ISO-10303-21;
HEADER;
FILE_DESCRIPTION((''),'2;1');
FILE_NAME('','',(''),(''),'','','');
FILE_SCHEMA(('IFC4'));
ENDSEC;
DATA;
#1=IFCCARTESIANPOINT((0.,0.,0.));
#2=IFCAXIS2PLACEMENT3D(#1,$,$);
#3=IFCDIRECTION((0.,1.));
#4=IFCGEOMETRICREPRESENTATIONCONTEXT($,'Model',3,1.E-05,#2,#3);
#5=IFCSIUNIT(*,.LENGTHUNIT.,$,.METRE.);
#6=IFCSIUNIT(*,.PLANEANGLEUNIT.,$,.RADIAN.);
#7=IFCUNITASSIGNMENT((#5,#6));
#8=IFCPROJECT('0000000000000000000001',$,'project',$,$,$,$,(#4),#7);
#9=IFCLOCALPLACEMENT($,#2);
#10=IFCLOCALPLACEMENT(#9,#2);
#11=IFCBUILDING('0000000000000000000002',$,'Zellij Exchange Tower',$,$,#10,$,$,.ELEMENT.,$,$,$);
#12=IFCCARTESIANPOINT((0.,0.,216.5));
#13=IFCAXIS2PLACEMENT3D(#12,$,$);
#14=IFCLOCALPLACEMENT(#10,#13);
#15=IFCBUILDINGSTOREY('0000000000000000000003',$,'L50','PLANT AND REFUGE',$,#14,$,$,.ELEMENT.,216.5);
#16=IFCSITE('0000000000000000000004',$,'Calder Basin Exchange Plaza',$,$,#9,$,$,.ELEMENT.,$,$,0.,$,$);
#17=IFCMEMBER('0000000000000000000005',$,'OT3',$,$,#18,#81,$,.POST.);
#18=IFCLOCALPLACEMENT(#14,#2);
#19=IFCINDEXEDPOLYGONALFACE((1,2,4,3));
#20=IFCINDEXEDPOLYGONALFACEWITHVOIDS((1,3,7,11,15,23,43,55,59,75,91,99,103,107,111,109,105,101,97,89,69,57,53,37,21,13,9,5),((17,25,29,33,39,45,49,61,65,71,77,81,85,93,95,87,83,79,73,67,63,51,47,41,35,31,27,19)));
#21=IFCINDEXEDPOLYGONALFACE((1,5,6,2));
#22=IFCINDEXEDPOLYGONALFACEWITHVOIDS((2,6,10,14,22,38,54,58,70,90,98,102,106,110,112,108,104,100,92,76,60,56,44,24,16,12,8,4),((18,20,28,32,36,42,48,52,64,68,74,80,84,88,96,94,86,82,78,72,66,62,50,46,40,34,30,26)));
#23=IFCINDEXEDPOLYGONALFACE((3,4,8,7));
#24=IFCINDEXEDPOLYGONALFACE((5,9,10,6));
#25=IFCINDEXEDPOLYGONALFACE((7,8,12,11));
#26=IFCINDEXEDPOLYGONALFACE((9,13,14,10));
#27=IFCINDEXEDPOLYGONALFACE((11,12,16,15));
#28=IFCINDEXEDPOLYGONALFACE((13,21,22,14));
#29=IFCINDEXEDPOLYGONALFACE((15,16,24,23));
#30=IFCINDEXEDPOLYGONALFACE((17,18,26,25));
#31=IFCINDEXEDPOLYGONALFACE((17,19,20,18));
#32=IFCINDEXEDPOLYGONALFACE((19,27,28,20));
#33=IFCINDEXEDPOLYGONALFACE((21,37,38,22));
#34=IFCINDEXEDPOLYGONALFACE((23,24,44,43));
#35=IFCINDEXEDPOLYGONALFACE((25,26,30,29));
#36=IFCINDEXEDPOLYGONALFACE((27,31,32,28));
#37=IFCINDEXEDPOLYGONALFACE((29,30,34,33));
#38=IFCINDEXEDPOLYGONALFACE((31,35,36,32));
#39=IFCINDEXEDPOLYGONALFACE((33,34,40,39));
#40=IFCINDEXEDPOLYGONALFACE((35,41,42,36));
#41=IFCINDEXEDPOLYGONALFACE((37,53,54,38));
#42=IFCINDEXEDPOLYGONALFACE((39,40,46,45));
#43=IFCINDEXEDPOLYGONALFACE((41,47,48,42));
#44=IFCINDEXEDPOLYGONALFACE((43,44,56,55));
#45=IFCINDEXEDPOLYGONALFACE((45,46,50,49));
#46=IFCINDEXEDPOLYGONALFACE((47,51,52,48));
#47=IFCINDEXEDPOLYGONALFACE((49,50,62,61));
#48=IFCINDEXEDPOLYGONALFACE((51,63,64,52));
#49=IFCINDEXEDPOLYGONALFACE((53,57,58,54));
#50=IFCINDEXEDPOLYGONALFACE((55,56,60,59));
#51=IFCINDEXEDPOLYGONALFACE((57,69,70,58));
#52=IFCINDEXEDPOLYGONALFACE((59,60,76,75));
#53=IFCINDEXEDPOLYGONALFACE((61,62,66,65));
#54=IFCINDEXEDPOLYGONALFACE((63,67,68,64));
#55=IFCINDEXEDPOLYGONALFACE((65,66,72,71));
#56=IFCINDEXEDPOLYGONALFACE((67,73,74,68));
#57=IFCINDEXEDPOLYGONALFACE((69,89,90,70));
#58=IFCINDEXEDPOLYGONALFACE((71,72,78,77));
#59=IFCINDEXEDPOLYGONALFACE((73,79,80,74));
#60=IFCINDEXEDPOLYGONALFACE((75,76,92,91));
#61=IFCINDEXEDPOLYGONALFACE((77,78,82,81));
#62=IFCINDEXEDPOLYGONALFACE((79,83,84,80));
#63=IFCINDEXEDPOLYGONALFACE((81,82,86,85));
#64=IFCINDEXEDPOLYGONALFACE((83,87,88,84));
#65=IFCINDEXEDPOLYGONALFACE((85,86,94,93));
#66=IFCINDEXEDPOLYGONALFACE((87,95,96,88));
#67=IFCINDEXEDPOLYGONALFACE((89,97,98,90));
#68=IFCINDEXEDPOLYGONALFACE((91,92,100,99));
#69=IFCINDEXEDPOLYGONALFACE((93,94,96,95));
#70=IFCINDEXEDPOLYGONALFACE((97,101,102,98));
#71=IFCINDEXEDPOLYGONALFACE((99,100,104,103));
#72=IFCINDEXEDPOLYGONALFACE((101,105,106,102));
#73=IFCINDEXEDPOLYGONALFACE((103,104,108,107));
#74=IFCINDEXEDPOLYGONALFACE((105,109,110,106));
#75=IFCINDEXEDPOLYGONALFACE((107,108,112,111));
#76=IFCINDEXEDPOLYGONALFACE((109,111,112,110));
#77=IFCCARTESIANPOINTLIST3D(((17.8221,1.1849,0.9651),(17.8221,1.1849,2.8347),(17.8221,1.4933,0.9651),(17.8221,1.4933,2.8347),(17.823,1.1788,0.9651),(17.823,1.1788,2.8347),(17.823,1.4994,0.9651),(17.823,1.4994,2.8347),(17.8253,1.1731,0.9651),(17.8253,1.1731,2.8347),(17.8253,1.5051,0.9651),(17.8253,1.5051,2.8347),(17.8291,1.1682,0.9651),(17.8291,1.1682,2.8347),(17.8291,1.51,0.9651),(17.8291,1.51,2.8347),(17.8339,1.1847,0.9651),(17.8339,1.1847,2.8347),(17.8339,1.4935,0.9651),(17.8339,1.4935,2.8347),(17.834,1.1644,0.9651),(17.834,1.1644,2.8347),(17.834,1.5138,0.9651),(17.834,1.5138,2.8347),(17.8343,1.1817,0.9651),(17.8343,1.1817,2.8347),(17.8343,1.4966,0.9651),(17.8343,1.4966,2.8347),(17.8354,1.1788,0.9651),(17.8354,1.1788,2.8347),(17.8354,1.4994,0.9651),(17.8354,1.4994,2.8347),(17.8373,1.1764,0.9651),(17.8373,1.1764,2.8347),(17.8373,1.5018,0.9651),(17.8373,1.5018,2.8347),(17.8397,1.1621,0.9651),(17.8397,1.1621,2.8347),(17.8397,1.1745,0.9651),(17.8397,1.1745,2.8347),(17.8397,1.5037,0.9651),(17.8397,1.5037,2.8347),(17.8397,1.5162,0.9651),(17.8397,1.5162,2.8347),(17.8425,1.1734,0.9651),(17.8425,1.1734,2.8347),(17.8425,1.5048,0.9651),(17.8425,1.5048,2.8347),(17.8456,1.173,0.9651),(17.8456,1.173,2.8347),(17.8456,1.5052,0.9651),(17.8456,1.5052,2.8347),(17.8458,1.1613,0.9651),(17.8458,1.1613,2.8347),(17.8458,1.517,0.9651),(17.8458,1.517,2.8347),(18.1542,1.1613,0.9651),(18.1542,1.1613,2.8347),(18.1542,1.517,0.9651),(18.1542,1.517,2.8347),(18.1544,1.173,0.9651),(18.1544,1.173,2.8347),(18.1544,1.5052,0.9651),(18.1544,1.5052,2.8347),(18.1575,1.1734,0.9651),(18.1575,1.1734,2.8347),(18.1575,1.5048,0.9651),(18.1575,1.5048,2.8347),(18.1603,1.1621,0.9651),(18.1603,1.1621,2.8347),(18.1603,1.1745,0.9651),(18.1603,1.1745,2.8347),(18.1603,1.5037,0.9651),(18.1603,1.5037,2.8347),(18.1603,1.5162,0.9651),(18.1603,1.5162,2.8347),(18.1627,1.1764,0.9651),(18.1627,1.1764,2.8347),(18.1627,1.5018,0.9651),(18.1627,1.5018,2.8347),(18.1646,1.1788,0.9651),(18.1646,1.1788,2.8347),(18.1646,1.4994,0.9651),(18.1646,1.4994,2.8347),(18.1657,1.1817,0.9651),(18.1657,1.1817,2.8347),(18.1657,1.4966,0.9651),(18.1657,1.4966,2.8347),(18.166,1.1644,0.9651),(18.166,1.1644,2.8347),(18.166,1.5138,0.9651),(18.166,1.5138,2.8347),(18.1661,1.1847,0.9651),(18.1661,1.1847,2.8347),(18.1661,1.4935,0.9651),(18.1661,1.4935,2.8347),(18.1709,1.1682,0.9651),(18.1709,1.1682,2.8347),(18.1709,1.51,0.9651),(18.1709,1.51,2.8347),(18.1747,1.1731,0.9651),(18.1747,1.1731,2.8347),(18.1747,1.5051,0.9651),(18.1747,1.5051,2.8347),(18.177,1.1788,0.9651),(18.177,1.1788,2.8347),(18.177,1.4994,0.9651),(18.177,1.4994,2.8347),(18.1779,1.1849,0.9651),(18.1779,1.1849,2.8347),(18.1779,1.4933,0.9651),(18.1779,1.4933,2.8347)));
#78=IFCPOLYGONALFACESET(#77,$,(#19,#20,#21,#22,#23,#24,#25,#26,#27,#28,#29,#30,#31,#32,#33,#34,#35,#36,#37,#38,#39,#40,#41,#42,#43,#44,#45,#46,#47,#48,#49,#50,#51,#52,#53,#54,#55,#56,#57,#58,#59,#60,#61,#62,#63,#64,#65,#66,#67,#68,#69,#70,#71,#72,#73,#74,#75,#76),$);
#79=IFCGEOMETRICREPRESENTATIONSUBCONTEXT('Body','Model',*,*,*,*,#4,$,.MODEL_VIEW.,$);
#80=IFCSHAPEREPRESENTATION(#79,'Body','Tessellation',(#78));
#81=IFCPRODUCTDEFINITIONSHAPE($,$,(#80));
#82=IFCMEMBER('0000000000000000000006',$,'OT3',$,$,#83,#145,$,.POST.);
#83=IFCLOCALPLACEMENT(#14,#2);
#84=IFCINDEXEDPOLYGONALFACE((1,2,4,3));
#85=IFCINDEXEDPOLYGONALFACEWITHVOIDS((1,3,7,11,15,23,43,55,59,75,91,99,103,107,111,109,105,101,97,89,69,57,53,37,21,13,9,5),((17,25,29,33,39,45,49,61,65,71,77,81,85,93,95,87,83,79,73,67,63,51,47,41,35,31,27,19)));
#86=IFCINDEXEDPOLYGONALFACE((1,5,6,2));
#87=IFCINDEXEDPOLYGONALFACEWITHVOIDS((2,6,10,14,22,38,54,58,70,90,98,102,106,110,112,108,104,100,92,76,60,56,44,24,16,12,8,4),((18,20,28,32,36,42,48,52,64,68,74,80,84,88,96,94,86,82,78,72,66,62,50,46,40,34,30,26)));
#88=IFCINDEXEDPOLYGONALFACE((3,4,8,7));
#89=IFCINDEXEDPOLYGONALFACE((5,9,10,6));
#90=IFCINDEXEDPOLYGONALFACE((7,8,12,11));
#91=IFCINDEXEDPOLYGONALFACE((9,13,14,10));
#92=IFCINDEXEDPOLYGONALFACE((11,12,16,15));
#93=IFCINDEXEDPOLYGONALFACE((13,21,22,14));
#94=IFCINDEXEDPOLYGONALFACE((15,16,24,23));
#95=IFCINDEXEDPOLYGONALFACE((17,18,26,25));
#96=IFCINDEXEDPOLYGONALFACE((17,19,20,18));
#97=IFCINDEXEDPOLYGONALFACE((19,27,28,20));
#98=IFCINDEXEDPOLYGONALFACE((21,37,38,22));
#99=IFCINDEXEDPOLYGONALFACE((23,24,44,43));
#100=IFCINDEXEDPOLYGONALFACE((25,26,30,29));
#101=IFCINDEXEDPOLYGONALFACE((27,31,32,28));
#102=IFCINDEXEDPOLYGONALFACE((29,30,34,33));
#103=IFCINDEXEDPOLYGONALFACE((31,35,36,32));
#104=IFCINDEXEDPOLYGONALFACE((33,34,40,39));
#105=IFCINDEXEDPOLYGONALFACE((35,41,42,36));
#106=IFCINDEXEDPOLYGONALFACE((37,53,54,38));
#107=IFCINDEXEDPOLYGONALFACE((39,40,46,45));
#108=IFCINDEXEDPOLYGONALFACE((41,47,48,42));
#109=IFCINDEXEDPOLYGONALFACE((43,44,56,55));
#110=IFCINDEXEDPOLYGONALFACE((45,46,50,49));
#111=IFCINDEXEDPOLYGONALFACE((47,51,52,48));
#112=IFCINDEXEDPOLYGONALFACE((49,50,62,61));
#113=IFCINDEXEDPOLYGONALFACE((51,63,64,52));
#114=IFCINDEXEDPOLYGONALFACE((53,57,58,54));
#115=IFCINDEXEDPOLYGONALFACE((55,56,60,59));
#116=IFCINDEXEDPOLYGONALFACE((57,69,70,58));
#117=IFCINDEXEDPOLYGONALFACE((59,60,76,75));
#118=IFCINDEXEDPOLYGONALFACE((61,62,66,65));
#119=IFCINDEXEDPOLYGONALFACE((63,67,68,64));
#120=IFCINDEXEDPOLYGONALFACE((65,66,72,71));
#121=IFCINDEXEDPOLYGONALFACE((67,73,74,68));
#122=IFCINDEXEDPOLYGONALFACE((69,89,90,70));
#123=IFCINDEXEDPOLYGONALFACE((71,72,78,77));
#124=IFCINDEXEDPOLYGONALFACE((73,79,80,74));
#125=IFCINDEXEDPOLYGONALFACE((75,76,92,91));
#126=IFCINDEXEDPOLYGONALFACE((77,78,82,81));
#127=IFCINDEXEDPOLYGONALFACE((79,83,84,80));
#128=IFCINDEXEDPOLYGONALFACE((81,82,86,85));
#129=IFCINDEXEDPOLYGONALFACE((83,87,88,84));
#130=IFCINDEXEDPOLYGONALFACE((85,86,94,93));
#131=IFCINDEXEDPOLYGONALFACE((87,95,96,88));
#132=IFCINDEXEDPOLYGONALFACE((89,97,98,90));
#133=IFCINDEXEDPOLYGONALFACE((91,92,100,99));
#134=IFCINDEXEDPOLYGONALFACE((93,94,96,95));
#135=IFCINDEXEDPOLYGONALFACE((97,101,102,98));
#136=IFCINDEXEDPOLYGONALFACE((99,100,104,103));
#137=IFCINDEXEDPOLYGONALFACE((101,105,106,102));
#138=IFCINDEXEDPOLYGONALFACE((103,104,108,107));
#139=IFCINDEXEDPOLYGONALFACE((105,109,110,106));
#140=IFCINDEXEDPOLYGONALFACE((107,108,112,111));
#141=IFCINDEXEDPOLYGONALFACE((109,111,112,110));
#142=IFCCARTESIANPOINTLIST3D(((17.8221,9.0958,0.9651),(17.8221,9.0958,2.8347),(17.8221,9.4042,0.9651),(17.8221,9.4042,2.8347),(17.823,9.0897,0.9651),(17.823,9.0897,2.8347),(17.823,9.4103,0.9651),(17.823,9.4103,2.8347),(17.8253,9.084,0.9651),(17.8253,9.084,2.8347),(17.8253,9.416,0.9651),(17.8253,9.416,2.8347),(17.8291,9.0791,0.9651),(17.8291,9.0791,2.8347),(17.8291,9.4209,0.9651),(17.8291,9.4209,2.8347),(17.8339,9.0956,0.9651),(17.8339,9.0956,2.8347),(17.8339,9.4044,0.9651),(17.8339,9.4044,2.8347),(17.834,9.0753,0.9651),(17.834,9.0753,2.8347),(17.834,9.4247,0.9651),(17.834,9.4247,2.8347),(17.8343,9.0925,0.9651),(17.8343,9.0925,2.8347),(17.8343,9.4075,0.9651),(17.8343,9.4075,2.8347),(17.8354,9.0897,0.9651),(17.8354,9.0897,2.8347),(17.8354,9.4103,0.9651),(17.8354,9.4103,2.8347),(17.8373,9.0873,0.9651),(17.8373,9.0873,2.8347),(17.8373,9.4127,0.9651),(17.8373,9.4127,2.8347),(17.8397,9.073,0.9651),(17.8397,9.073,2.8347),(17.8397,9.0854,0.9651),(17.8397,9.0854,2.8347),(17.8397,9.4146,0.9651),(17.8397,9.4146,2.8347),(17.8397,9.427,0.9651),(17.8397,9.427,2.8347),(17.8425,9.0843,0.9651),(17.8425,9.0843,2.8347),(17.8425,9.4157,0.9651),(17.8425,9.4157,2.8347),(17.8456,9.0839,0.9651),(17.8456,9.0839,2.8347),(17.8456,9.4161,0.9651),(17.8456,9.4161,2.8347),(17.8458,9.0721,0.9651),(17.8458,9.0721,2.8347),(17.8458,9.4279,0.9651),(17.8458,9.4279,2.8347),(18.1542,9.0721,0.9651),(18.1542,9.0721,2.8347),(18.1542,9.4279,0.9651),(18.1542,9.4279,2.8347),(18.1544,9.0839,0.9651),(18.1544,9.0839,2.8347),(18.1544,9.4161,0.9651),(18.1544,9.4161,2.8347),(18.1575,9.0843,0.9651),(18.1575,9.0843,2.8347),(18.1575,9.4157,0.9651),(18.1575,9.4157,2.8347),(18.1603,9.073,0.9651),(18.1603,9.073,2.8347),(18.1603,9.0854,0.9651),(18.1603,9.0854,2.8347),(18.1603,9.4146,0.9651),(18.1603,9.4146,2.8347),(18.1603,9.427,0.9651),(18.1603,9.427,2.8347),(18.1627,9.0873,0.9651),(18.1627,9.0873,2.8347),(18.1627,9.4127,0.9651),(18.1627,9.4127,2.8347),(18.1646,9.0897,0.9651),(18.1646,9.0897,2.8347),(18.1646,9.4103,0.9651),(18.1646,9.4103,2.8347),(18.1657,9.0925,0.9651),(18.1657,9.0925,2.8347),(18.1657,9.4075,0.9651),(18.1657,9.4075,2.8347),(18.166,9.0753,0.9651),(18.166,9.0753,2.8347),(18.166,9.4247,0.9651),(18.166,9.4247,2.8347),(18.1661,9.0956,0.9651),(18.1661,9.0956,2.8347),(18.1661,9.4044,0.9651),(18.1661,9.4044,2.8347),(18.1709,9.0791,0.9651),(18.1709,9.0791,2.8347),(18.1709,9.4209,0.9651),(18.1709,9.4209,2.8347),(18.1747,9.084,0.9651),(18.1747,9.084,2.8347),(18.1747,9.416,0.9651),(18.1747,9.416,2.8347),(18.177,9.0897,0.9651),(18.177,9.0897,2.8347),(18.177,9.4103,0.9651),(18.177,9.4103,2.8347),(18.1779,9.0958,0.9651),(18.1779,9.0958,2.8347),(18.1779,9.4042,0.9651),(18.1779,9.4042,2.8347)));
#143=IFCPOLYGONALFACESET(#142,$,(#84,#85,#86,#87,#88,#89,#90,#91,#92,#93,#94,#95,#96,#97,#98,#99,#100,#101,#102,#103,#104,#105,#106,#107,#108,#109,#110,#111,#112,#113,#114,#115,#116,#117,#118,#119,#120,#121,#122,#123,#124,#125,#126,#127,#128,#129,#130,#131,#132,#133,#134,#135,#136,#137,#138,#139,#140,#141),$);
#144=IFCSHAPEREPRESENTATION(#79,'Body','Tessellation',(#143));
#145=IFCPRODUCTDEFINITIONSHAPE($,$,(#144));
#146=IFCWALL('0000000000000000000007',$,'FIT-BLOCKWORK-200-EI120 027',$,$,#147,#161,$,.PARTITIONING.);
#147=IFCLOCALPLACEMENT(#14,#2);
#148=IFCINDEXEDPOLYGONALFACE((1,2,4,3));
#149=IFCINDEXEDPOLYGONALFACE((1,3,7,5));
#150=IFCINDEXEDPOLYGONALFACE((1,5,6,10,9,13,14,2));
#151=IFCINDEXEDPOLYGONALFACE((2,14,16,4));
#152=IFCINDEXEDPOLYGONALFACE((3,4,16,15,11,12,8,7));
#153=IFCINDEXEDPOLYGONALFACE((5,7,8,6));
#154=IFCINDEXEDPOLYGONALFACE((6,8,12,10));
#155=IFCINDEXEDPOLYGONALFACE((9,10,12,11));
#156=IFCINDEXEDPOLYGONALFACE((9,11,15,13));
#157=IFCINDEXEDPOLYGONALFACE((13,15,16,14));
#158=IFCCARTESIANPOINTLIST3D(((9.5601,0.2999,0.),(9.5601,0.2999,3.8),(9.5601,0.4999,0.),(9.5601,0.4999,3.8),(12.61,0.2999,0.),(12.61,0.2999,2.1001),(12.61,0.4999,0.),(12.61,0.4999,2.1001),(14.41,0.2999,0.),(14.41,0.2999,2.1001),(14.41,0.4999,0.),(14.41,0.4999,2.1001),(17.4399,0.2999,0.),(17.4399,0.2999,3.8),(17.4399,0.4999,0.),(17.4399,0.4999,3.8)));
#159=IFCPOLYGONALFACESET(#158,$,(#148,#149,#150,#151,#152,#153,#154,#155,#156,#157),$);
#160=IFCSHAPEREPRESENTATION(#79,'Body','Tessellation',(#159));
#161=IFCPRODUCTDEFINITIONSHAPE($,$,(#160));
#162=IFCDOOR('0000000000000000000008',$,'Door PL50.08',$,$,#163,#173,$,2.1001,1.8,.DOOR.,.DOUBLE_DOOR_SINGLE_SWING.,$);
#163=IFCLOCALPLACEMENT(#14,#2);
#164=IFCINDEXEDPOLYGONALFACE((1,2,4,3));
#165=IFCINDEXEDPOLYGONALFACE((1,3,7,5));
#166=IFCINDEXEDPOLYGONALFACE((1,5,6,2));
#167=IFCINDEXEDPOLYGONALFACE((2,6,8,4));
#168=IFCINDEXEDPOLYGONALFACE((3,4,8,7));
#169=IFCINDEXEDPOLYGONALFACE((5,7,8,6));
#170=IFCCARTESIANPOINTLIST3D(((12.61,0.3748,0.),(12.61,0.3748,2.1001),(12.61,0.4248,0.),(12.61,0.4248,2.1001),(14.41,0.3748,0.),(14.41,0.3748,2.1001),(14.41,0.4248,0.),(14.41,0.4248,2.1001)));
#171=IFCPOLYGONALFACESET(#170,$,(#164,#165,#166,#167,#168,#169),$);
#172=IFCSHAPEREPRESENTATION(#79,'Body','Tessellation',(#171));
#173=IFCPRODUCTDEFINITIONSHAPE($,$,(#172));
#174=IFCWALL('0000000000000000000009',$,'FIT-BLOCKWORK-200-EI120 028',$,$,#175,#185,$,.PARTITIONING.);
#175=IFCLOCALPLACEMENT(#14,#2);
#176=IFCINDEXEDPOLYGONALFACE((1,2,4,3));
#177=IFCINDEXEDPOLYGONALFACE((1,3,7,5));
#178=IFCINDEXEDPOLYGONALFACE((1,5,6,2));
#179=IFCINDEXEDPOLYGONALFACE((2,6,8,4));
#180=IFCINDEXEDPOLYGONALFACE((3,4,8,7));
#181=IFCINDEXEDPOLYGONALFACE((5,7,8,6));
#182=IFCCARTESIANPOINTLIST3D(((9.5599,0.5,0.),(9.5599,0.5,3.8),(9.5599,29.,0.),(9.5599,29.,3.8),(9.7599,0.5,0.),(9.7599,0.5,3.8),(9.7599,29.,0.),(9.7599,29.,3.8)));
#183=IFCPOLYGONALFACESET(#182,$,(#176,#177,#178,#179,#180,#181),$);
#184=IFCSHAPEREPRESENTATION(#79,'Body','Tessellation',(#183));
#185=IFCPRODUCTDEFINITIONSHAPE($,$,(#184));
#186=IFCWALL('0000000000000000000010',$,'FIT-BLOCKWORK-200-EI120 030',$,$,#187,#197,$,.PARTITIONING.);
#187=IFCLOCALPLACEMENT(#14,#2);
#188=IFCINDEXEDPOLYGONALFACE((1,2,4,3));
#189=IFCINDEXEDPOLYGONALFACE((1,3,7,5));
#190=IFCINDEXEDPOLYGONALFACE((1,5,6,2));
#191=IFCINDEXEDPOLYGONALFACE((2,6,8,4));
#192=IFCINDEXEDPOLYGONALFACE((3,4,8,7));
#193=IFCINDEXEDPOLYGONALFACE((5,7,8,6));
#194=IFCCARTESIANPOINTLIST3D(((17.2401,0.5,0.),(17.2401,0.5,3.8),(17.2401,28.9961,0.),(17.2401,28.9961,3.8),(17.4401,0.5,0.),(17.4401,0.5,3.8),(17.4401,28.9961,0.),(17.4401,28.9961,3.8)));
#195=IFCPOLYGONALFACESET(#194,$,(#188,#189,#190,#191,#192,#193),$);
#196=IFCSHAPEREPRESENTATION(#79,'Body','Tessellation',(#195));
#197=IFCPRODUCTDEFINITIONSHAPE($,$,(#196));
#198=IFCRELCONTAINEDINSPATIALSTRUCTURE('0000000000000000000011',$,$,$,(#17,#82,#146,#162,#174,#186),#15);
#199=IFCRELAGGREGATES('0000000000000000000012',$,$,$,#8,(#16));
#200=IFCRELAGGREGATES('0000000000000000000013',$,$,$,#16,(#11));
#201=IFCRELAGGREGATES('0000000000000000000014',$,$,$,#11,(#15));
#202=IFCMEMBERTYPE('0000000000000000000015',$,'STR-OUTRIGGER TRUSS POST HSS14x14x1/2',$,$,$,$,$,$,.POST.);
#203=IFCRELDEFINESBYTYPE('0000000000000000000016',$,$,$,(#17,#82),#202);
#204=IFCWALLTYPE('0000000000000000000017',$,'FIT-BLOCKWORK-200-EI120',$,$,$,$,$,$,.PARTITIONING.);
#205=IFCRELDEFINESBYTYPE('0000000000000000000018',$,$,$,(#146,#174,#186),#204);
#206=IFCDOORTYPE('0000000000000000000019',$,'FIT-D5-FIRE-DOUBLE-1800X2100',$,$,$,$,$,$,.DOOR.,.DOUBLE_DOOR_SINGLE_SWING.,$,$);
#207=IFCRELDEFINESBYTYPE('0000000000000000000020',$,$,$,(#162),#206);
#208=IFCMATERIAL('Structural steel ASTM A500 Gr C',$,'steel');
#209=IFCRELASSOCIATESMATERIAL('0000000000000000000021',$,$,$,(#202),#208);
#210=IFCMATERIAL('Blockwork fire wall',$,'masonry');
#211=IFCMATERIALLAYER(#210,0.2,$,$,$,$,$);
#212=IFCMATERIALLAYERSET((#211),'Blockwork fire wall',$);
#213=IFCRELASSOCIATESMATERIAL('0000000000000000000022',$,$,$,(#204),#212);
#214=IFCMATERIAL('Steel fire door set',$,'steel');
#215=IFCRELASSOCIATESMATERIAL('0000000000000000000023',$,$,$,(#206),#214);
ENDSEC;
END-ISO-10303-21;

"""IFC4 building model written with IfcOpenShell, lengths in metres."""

from ifc_helpers import new_model, si_unit, direction, frame, frame_2d, origin, origin_2d, place, context, subcontext, project, spatial, rectangle, hollow_rectangle, extrude, material, layer, layer_set, material_profile, profile_set, type_object, element, fill, save


model = new_model("IFC4")

# Units and contexts
model_context = context("Model", 3, precision=1e-05, world=origin(), true_north=direction((0.0, 1.0)))
body_context = subcontext(model_context, "Body", "Model", "MODEL_VIEW")
ifc_project = project(units=[si_unit("LENGTHUNIT", "METRE"), si_unit("PLANEANGLEUNIT", "RADIAN")], contexts=[model_context])

# Site, building, storey
site_placement = place(None, origin())
site = spatial("IfcSite", under=ifc_project, at=site_placement, Name="Calder Basin Exchange Plaza", CompositionType="ELEMENT", RefElevation=0.0)
building_placement = place(site_placement, origin())
building = spatial("IfcBuilding", under=site, at=building_placement, Name="Zellij Exchange Tower", CompositionType="ELEMENT")
storey_placement = place(building_placement, frame((0.0, 0.0, 216.5)))
storey = spatial("IfcBuildingStorey", under=building, at=storey_placement, Name="L50", Description="PLANT AND REFUGE", CompositionType="ELEMENT", Elevation=216.5)

# Members
ifc_material_1 = material(Name="Structural steel ASTM A500 Gr C", Category="steel")
ifc_material_profile_1 = material_profile(ifc_material_1, hollow_rectangle(XDim=0.3557, YDim=0.3557, WallThickness=0.0117, InnerFilletRadius=0.0117, OuterFilletRadius=0.0237, at=origin_2d()), Name="STR-OUTRIGGER TRUSS POST HSS14x14x1/2")
ifc_profile_set_1 = profile_set([ifc_material_profile_1], Name="Structural steel ASTM A500 Gr C")
member_type_1 = type_object("IfcMemberType", Name="STR-OUTRIGGER TRUSS POST HSS14x14x1/2", PredefinedType="POST", material=ifc_profile_set_1)
for number, where, z_axis, x_axis, name in (
    (1, (18.0, 1.3391, 0.9651), (0.0, 0.0, 1.0), (1.0, 0.0, 0.0), "OT3"),
    (2, (18.0, 9.25, 0.9651), (0.0, 0.0, 1.0), (1.0, 0.0, 0.0), "OT3"),
):
    element("IfcMember", number, at=place(storey_placement, frame(where, z_axis=z_axis, x_axis=x_axis)), inside=storey, type_object=member_type_1, Name=name, PredefinedType="POST", context=body_context, shape_type="SweptSolid", body=[
        extrude(hollow_rectangle(XDim=0.3557, YDim=0.3557, WallThickness=0.0117, InnerFilletRadius=0.0117, OuterFilletRadius=0.0237, at=origin_2d()), origin(), (0.0, 0.0, 1.0), 1.8696),
    ])

# Wall, opening, door
ifc_material_2 = material(Name="Blockwork fire wall", Category="masonry")
ifc_layer_1 = layer(ifc_material_2, 0.2)
ifc_layer_set_1 = layer_set([ifc_layer_1], Name="Blockwork fire wall")
wall_type_1 = type_object("IfcWallType", Name="FIT-BLOCKWORK-200-EI120", PredefinedType="PARTITIONING", material=ifc_layer_set_1)
wall_1_placement = place(storey_placement, frame((9.5601, 0.3999, 0.0), z_axis=(0.0, 0.0, 1.0), x_axis=(1.0, 0.0, 0.0)))
wall_1 = element("IfcWall", 3, at=wall_1_placement, inside=storey, type_object=wall_type_1, Name="FIT-BLOCKWORK-200-EI120 027", PredefinedType="PARTITIONING", context=body_context, shape_type="SweptSolid", body=[
    extrude(rectangle(XDim=7.8799, YDim=0.2, at=frame_2d((3.9399, 0.0))), origin(), (0.0, 0.0, 1.0), 3.8),
])
opening_1_placement = place(wall_1_placement, frame((3.05, 0.0, 0.0)))
opening_1 = element("IfcOpeningElement", 4, at=opening_1_placement, cuts=wall_1, PredefinedType="OPENING", context=body_context, shape_type="SweptSolid", body=[
    extrude(rectangle(XDim=1.8, YDim=2.1001, at=frame_2d((0.8999, 1.05))), frame((0.0, 0.1118, 0.0), z_axis=(0.0, -1.0, 0.0), x_axis=(1.0, 0.0, 0.0)), (0.0, 0.0, 1.0), 0.2239),
])
ifc_material_3 = material(Name="Steel fire door set", Category="steel")
door_type_1 = type_object("IfcDoorType", Name="FIT-D5-FIRE-DOUBLE-1800X2100", OperationType="DOUBLE_DOOR_SINGLE_SWING", PredefinedType="DOOR", material=ifc_material_3)
door_1_placement = place(opening_1_placement, origin())
door_1 = element("IfcDoor", 5, at=door_1_placement, inside=storey, type_object=door_type_1, Name="Door PL50.08", OperationType="DOUBLE_DOOR_SINGLE_SWING", OverallHeight=2.1001, OverallWidth=1.8, PredefinedType="DOOR", context=body_context, shape_type="SweptSolid", body=[
    extrude(rectangle(XDim=1.8, YDim=2.1001, at=frame_2d((0.8999, 1.05))), frame((0.0, 0.0249, 0.0), z_axis=(0.0, -1.0, 0.0), x_axis=(1.0, 0.0, 0.0)), (0.0, 0.0, 1.0), 0.05),
])
fill(opening_1, door_1)

# Walls
wall_2_placement = place(storey_placement, frame((9.6599, 0.5, 0.0), z_axis=(0.0, 0.0, 1.0), x_axis=(0.0, 1.0, 0.0)))
element("IfcWall", 6, at=wall_2_placement, inside=storey, type_object=wall_type_1, Name="FIT-BLOCKWORK-200-EI120 028", PredefinedType="PARTITIONING", context=body_context, shape_type="SweptSolid", body=[
    extrude(rectangle(XDim=28.5, YDim=0.2, at=frame_2d((14.25, 0.0))), origin(), (0.0, 0.0, 1.0), 3.8),
])
wall_3_placement = place(storey_placement, frame((17.3401, 0.5, 0.0), z_axis=(0.0, 0.0, 1.0), x_axis=(0.0, 1.0, 0.0)))
element("IfcWall", 7, at=wall_3_placement, inside=storey, type_object=wall_type_1, Name="FIT-BLOCKWORK-200-EI120 030", PredefinedType="PARTITIONING", context=body_context, shape_type="SweptSolid", body=[
    extrude(rectangle(XDim=28.4961, YDim=0.2, at=frame_2d((14.248, 0.0))), origin(), (0.0, 0.0, 1.0), 3.8),
])

save(model, "model.ifc")
